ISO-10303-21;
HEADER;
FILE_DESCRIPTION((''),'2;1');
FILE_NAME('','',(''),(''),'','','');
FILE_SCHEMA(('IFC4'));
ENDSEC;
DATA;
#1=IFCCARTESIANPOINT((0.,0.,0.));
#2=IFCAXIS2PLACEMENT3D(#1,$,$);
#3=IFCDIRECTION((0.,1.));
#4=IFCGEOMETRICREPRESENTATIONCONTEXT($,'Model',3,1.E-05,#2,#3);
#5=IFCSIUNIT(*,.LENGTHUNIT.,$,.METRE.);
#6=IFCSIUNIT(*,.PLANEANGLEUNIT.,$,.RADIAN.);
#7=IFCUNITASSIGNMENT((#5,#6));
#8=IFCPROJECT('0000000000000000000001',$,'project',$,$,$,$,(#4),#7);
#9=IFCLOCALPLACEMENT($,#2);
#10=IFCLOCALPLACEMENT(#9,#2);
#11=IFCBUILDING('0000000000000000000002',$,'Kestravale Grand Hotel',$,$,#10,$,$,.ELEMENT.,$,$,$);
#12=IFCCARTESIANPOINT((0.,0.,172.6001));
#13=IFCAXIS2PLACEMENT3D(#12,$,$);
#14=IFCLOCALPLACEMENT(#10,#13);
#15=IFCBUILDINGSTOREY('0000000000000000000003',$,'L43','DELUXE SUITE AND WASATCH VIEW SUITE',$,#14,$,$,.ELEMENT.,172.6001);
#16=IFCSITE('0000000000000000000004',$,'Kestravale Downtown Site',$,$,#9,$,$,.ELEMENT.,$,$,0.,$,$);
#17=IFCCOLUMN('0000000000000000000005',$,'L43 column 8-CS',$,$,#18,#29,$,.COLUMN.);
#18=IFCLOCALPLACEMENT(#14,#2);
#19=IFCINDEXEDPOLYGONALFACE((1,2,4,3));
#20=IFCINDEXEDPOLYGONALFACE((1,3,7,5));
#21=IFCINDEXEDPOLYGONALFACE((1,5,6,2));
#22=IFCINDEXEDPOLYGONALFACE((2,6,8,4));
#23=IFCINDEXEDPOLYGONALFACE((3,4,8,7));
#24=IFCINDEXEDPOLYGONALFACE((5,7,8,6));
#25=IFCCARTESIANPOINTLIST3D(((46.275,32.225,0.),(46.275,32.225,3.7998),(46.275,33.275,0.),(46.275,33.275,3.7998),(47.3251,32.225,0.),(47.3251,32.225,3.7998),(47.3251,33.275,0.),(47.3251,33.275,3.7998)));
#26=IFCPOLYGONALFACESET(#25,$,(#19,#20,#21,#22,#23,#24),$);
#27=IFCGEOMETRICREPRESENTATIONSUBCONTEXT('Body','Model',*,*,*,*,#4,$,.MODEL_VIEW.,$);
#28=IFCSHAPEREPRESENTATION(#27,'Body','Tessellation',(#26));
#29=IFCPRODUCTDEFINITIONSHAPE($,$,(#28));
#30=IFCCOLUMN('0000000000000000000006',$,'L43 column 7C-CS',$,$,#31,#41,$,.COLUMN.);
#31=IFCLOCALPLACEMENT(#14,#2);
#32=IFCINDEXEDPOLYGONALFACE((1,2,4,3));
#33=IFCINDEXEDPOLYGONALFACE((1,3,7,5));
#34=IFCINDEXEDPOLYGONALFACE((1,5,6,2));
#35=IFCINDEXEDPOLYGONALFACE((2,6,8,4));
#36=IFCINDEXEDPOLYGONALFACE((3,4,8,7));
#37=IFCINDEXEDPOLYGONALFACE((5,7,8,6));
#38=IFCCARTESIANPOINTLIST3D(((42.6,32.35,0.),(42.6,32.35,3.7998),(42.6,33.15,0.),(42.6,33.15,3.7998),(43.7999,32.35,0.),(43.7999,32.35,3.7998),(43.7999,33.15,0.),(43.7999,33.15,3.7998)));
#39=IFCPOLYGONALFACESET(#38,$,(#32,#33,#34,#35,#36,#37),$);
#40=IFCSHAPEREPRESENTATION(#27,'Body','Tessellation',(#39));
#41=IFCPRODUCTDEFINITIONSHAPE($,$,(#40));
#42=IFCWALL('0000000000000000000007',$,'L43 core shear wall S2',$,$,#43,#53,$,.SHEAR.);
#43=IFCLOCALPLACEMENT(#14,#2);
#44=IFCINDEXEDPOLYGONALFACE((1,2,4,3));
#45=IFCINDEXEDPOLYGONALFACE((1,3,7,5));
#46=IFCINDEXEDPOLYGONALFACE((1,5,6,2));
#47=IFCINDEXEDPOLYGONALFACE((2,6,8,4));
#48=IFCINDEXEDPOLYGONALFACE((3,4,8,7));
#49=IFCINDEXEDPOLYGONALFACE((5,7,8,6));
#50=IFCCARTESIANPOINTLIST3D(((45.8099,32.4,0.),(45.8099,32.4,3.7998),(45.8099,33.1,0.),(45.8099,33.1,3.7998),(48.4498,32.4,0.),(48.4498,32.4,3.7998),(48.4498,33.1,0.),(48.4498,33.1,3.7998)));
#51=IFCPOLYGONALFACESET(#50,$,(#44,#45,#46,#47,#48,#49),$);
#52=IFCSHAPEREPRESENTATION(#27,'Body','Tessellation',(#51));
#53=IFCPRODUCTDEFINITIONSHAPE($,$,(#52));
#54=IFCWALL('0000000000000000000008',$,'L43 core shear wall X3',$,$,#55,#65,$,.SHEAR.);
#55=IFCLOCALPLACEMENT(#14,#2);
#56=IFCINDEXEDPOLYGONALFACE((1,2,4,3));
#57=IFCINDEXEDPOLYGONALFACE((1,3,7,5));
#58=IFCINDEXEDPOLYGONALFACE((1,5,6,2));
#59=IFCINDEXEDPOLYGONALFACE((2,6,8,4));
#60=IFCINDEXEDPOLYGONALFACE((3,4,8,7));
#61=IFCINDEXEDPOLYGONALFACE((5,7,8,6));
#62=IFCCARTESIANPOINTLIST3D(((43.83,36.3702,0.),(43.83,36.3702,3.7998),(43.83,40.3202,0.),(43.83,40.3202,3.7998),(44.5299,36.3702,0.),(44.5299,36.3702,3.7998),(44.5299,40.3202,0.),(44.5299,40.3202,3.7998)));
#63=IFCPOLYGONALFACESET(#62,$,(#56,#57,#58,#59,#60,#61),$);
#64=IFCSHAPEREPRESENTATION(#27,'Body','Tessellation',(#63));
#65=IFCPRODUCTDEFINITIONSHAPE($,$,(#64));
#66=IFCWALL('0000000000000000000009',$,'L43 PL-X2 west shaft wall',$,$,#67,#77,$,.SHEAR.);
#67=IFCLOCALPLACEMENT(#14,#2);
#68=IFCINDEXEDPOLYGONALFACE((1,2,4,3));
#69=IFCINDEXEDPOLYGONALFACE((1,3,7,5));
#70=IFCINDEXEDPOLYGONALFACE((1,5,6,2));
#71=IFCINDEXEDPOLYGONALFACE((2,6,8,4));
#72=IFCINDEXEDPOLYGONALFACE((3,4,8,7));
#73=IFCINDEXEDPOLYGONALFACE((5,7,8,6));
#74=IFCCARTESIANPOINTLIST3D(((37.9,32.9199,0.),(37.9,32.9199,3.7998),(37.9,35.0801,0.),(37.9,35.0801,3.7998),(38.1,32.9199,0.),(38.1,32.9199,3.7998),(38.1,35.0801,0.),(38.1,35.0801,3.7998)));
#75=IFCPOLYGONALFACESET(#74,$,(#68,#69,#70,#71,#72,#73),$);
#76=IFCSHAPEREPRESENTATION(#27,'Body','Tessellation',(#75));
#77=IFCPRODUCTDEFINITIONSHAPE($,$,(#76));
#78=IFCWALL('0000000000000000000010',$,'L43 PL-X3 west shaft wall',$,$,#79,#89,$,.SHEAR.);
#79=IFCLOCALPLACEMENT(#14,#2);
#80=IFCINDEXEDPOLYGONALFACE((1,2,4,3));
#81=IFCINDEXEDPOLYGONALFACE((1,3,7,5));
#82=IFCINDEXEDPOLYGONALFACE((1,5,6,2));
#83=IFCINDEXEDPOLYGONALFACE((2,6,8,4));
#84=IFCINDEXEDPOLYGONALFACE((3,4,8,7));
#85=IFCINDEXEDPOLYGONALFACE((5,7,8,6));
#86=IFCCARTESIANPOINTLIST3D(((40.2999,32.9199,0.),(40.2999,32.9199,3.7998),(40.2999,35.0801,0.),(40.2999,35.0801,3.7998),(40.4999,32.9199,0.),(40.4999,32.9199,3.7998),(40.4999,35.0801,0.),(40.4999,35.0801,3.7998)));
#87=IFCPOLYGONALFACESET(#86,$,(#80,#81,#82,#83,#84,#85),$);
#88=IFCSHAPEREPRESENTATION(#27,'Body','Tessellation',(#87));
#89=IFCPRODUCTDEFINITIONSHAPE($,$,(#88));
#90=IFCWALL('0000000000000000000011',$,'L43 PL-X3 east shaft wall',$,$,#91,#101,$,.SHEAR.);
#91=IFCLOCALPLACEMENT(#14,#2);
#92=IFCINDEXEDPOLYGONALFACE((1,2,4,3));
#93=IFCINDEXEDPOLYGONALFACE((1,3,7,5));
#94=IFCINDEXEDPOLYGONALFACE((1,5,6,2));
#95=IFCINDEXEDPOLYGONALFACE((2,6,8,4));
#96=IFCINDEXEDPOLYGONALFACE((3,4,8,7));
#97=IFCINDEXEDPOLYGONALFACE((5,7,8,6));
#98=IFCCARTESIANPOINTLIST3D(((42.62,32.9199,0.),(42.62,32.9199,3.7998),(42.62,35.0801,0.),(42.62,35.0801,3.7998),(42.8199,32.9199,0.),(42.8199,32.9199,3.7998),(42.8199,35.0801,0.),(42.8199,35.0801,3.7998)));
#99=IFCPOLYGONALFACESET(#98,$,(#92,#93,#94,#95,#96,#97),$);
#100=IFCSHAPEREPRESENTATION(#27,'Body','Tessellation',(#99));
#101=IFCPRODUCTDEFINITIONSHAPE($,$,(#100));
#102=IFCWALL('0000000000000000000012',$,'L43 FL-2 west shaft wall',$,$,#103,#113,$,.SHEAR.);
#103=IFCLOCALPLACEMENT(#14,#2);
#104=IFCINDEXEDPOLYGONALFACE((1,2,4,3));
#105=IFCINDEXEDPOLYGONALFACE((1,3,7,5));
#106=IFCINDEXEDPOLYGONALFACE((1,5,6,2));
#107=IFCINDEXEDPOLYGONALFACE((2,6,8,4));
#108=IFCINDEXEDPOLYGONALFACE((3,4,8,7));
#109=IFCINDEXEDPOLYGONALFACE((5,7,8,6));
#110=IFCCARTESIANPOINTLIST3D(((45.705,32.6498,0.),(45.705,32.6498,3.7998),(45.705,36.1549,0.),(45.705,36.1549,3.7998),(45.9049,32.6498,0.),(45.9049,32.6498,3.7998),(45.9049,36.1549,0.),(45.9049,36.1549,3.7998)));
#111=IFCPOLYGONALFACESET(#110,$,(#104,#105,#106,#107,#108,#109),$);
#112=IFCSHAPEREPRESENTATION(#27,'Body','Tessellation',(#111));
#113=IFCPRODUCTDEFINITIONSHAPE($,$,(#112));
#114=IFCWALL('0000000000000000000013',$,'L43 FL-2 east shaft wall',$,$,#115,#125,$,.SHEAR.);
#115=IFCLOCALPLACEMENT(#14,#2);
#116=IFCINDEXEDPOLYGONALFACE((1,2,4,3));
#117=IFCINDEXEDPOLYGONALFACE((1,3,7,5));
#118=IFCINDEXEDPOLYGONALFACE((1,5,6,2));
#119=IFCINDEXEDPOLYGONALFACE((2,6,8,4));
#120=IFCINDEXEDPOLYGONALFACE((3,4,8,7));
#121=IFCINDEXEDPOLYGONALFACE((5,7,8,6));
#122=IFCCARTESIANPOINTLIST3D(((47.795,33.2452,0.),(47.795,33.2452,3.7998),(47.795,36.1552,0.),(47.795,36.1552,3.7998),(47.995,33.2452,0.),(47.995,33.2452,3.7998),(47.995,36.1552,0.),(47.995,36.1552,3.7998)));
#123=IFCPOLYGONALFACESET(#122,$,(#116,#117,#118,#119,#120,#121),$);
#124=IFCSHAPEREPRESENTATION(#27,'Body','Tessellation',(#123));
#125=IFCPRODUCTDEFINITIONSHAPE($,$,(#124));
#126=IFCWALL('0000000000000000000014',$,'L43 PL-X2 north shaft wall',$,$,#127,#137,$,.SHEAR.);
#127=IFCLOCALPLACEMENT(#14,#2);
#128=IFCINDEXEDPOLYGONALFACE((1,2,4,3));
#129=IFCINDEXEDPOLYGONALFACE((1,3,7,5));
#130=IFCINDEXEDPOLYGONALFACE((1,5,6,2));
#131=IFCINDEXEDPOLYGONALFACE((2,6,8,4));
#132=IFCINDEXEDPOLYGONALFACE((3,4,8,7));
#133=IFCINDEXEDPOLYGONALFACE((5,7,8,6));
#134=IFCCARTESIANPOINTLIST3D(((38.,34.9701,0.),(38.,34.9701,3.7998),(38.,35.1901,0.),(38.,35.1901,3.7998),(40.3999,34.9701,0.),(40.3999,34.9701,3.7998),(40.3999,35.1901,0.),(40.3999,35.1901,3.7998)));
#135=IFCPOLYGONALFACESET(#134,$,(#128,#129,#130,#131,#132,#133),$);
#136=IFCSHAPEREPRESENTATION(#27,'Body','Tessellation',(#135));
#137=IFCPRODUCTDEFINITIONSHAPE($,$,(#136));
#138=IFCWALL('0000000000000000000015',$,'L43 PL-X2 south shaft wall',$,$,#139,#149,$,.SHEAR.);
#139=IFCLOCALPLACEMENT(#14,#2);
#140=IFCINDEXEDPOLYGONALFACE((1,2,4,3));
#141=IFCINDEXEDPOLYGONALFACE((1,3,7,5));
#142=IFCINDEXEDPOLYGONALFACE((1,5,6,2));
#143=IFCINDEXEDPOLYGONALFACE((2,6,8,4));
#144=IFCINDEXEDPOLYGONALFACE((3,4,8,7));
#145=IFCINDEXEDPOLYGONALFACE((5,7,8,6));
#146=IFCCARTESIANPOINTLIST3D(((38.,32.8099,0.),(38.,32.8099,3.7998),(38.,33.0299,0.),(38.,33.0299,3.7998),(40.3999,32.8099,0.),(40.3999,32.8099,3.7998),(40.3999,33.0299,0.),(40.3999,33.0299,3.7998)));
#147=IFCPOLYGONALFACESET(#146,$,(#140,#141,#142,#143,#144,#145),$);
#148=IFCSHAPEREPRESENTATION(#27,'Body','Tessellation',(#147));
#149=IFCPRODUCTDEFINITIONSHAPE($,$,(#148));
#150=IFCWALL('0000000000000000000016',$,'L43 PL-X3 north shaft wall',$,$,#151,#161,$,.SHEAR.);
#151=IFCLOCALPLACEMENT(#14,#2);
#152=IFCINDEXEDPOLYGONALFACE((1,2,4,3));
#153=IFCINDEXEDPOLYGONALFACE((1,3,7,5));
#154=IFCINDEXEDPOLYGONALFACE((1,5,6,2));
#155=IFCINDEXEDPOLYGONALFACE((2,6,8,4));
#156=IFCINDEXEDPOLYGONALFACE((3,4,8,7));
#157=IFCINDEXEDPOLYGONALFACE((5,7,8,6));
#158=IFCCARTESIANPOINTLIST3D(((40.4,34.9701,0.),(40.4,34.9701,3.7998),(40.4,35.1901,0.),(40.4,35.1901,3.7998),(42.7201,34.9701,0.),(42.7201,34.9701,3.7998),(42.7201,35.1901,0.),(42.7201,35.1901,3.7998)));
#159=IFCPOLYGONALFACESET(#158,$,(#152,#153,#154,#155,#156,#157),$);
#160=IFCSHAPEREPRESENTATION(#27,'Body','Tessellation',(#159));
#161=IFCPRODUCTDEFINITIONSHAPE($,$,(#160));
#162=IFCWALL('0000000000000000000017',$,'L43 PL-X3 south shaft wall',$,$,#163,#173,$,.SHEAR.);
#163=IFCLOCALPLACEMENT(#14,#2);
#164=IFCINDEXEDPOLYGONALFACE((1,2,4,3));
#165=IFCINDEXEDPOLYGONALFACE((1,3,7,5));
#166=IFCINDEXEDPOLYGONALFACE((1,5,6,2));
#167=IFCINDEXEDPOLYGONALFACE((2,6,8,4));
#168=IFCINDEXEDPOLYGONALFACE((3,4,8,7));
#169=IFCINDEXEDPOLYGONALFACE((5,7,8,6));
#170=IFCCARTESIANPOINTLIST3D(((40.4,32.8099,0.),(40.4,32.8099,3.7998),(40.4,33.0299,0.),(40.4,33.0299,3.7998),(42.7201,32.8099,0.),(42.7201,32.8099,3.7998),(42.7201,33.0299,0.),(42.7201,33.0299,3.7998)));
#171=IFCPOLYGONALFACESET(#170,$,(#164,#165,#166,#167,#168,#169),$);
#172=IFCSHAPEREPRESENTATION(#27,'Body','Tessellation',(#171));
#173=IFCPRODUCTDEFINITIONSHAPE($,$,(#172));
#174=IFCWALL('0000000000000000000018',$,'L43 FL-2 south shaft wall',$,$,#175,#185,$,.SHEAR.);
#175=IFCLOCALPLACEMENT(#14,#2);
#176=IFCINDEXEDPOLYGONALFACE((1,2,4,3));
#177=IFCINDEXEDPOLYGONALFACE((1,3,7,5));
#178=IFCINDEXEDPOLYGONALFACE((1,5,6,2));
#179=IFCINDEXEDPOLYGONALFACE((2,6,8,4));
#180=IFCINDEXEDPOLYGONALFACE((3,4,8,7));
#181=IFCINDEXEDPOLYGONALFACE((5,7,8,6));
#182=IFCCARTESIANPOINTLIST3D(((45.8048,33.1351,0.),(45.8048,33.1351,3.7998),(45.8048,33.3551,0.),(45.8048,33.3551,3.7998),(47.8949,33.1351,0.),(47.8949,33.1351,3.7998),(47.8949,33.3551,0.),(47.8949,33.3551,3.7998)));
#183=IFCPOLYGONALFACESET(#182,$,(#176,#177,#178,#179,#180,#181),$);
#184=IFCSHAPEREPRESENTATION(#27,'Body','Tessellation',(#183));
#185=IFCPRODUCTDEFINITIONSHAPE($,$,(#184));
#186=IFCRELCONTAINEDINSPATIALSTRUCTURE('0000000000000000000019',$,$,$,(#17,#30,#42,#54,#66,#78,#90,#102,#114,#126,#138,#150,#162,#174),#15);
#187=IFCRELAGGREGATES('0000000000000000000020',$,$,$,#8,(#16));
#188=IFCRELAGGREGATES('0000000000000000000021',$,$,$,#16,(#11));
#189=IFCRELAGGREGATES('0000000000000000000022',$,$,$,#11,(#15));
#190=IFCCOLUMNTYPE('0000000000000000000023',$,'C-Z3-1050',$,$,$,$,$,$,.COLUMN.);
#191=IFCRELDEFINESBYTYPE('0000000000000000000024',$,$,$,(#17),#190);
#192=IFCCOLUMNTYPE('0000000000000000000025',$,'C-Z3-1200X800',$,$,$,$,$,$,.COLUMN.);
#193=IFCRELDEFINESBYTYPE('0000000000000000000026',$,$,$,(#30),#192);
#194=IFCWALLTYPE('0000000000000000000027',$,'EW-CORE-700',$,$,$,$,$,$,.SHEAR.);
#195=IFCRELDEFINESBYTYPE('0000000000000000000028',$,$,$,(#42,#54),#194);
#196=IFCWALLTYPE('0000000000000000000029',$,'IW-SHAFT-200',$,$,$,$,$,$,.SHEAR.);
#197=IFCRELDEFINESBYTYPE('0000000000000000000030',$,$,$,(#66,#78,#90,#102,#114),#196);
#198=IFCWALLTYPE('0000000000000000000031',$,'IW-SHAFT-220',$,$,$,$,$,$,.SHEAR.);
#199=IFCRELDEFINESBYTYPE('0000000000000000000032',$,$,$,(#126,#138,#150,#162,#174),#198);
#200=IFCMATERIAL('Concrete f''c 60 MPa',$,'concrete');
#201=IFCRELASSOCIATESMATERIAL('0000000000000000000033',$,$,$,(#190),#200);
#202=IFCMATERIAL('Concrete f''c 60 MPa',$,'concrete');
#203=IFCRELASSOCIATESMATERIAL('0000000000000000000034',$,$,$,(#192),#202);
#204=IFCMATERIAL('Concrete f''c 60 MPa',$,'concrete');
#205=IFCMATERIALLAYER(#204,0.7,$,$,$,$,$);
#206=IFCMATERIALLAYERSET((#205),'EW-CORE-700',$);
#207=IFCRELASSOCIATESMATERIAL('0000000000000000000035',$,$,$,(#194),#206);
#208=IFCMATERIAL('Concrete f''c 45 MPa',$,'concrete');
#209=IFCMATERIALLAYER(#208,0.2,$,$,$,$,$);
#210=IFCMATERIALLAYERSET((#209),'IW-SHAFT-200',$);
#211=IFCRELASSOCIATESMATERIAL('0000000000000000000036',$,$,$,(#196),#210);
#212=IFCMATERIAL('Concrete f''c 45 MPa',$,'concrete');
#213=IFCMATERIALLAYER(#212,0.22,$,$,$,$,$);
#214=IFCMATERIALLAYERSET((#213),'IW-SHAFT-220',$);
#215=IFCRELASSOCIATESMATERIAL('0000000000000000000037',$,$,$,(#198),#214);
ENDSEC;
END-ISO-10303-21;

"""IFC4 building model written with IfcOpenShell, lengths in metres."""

from ifc_helpers import new_model, si_unit, direction, frame, frame_2d, origin, origin_2d, place, context, subcontext, project, spatial, rectangle, extrude, material, layer, layer_set, material_profile, profile_set, type_object, element, save


model = new_model("IFC4")

# Units and contexts
model_context = context("Model", 3, precision=1e-05, world=origin(), true_north=direction((0.0, 1.0)))
body_context = subcontext(model_context, "Body", "Model", "MODEL_VIEW")
ifc_project = project(units=[si_unit("LENGTHUNIT", "METRE"), si_unit("PLANEANGLEUNIT", "RADIAN")], contexts=[model_context])

# Site, building, storey
site_placement = place(None, origin())
site = spatial("IfcSite", under=ifc_project, at=site_placement, Name="Kestravale Downtown Site", CompositionType="ELEMENT", RefElevation=0.0)
building_placement = place(site_placement, origin())
building = spatial("IfcBuilding", under=site, at=building_placement, Name="Kestravale Grand Hotel", CompositionType="ELEMENT")
storey_placement = place(building_placement, frame((0.0, 0.0, 172.6001)))
storey = spatial("IfcBuildingStorey", under=building, at=storey_placement, Name="L43", Description="DELUXE SUITE AND WASATCH VIEW SUITE", CompositionType="ELEMENT", Elevation=172.6001)

# Columns
ifc_material_1 = material(Name="Concrete f'c 60 MPa", Category="concrete")
ifc_material_profile_1 = material_profile(ifc_material_1, rectangle(XDim=1.05, YDim=1.05, at=origin_2d()))
ifc_profile_set_1 = profile_set([ifc_material_profile_1], Name="Concrete f'c 60 MPa")
column_type_1 = type_object("IfcColumnType", Name="C-Z3-1050", PredefinedType="COLUMN", material=ifc_profile_set_1)
column_1_placement = place(storey_placement, frame((46.8, 32.75, 0.0), z_axis=(0.0, 0.0, 1.0), x_axis=(1.0, 0.0, 0.0)))
element("IfcColumn", 1, at=column_1_placement, inside=storey, type_object=column_type_1, Name="L43 column 8-CS", PredefinedType="COLUMN", context=body_context, shape_type="SweptSolid", body=[
    extrude(rectangle(XDim=1.05, YDim=1.05, at=origin_2d()), origin(), (0.0, 0.0, 1.0), 3.7998),
])
ifc_material_2 = material(Name="Concrete f'c 60 MPa", Category="concrete")
ifc_material_profile_2 = material_profile(ifc_material_2, rectangle(XDim=1.2, YDim=0.8, at=origin_2d()))
ifc_profile_set_2 = profile_set([ifc_material_profile_2], Name="Concrete f'c 60 MPa")
column_type_2 = type_object("IfcColumnType", Name="C-Z3-1200X800", PredefinedType="COLUMN", material=ifc_profile_set_2)
column_2_placement = place(storey_placement, frame((43.2, 32.75, 0.0), z_axis=(0.0, 0.0, 1.0), x_axis=(1.0, 0.0, 0.0)))
element("IfcColumn", 2, at=column_2_placement, inside=storey, type_object=column_type_2, Name="L43 column 7C-CS", PredefinedType="COLUMN", context=body_context, shape_type="SweptSolid", body=[
    extrude(rectangle(XDim=1.2, YDim=0.8, at=origin_2d()), origin(), (0.0, 0.0, 1.0), 3.7998),
])

# Walls
ifc_material_3 = material(Name="Concrete f'c 60 MPa", Category="concrete")
ifc_layer_1 = layer(ifc_material_3, 0.7)
ifc_layer_set_1 = layer_set([ifc_layer_1], Name="EW-CORE-700")
wall_type_1 = type_object("IfcWallType", Name="EW-CORE-700", PredefinedType="SHEAR", material=ifc_layer_set_1)
wall_1_placement = place(storey_placement, frame((45.8101, 32.75, 0.0), z_axis=(0.0, 0.0, 1.0), x_axis=(1.0, 0.0, 0.0)))
element("IfcWall", 3, at=wall_1_placement, inside=storey, type_object=wall_type_1, Name="L43 core shear wall S2", PredefinedType="SHEAR", context=body_context, shape_type="SweptSolid", body=[
    extrude(rectangle(XDim=2.6399, YDim=0.7, at=frame_2d((1.3198, 0.0))), origin(), (0.0, 0.0, 1.0), 3.7998),
])
wall_2_placement = place(storey_placement, frame((44.1799, 36.3701, 0.0), z_axis=(0.0, 0.0, 1.0), x_axis=(0.0, 1.0, 0.0)))
element("IfcWall", 4, at=wall_2_placement, inside=storey, type_object=wall_type_1, Name="L43 core shear wall X3", PredefinedType="SHEAR", context=body_context, shape_type="SweptSolid", body=[
    extrude(rectangle(XDim=3.95, YDim=0.7, at=frame_2d((1.9751, 0.0))), origin(), (0.0, 0.0, 1.0), 3.7998),
])

# Walls
ifc_material_4 = material(Name="Concrete f'c 45 MPa", Category="concrete")
ifc_layer_2 = layer(ifc_material_4, 0.2)
ifc_layer_set_2 = layer_set([ifc_layer_2], Name="IW-SHAFT-200")
wall_type_2 = type_object("IfcWallType", Name="IW-SHAFT-200", PredefinedType="SHEAR", material=ifc_layer_set_2)
for number, where, z_axis, x_axis, name in (
    (5, (38.0, 32.9199, 0.0), (0.0, 0.0, 1.0), (0.0, 1.0, 0.0), "L43 PL-X2 west shaft wall"),
    (6, (40.3999, 32.9199, 0.0), (0.0, 0.0, 1.0), (0.0, 1.0, 0.0), "L43 PL-X3 west shaft wall"),
    (7, (42.72, 32.9199, 0.0), (0.0, 0.0, 1.0), (0.0, 1.0, 0.0), "L43 PL-X3 east shaft wall"),
):
    element("IfcWall", number, at=place(storey_placement, frame(where, z_axis=z_axis, x_axis=x_axis)), inside=storey, type_object=wall_type_2, Name=name, PredefinedType="SHEAR", context=body_context, shape_type="SweptSolid", body=[
        extrude(rectangle(XDim=2.1602, YDim=0.2, at=frame_2d((1.0801, 0.0))), origin(), (0.0, 0.0, 1.0), 3.7998),
    ])
wall_3_placement = place(storey_placement, frame((45.8049, 32.6499, 0.0), z_axis=(0.0, 0.0, 1.0), x_axis=(0.0, 1.0, 0.0)))
element("IfcWall", 8, at=wall_3_placement, inside=storey, type_object=wall_type_2, Name="L43 FL-2 west shaft wall", PredefinedType="SHEAR", context=body_context, shape_type="SweptSolid", body=[
    extrude(rectangle(XDim=3.5051, YDim=0.2, at=frame_2d((1.7524, 0.0))), origin(), (0.0, 0.0, 1.0), 3.7998),
])
wall_4_placement = place(storey_placement, frame((47.895, 33.2451, 0.0), z_axis=(0.0, 0.0, 1.0), x_axis=(0.0, 1.0, 0.0)))
element("IfcWall", 9, at=wall_4_placement, inside=storey, type_object=wall_type_2, Name="L43 FL-2 east shaft wall", PredefinedType="SHEAR", context=body_context, shape_type="SweptSolid", body=[
    extrude(rectangle(XDim=2.9099, YDim=0.2, at=frame_2d((1.4551, 0.0))), origin(), (0.0, 0.0, 1.0), 3.7998),
])

# Shared definitions
ifc_material_5 = material(Name="Concrete f'c 45 MPa", Category="concrete")
ifc_layer_3 = layer(ifc_material_5, 0.22)
ifc_layer_set_3 = layer_set([ifc_layer_3], Name="IW-SHAFT-220")
wall_type_3 = type_object("IfcWallType", Name="IW-SHAFT-220", PredefinedType="SHEAR", material=ifc_layer_set_3)

# Walls
for number, where, z_axis, x_axis, name in (
    (10, (38.0, 35.0801, 0.0), (0.0, 0.0, 1.0), (1.0, 0.0, 0.0), "L43 PL-X2 north shaft wall"),
    (11, (38.0, 32.9199, 0.0), (0.0, 0.0, 1.0), (1.0, 0.0, 0.0), "L43 PL-X2 south shaft wall"),
):
    element("IfcWall", number, at=place(storey_placement, frame(where, z_axis=z_axis, x_axis=x_axis)), inside=storey, type_object=wall_type_3, Name=name, PredefinedType="SHEAR", context=body_context, shape_type="SweptSolid", body=[
        extrude(rectangle(XDim=2.3999, YDim=0.22, at=frame_2d((1.2, 0.0))), origin(), (0.0, 0.0, 1.0), 3.7998),
    ])
for number, where, z_axis, x_axis, name in (
    (12, (40.3999, 35.0801, 0.0), (0.0, 0.0, 1.0), (1.0, 0.0, 0.0), "L43 PL-X3 north shaft wall"),
    (13, (40.3999, 32.9199, 0.0), (0.0, 0.0, 1.0), (1.0, 0.0, 0.0), "L43 PL-X3 south shaft wall"),
):
    element("IfcWall", number, at=place(storey_placement, frame(where, z_axis=z_axis, x_axis=x_axis)), inside=storey, type_object=wall_type_3, Name=name, PredefinedType="SHEAR", context=body_context, shape_type="SweptSolid", body=[
        extrude(rectangle(XDim=2.3201, YDim=0.22, at=frame_2d((1.1602, 0.0))), origin(), (0.0, 0.0, 1.0), 3.7998),
    ])

# Wall
wall_5_placement = place(storey_placement, frame((45.8049, 33.2451, 0.0), z_axis=(0.0, 0.0, 1.0), x_axis=(1.0, 0.0, 0.0)))
element("IfcWall", 14, at=wall_5_placement, inside=storey, type_object=wall_type_3, Name="L43 FL-2 south shaft wall", PredefinedType="SHEAR", context=body_context, shape_type="SweptSolid", body=[
    extrude(rectangle(XDim=2.0901, YDim=0.22, at=frame_2d((1.0449, 0.0))), origin(), (0.0, 0.0, 1.0), 3.7998),
])

save(model, "model.ifc")
